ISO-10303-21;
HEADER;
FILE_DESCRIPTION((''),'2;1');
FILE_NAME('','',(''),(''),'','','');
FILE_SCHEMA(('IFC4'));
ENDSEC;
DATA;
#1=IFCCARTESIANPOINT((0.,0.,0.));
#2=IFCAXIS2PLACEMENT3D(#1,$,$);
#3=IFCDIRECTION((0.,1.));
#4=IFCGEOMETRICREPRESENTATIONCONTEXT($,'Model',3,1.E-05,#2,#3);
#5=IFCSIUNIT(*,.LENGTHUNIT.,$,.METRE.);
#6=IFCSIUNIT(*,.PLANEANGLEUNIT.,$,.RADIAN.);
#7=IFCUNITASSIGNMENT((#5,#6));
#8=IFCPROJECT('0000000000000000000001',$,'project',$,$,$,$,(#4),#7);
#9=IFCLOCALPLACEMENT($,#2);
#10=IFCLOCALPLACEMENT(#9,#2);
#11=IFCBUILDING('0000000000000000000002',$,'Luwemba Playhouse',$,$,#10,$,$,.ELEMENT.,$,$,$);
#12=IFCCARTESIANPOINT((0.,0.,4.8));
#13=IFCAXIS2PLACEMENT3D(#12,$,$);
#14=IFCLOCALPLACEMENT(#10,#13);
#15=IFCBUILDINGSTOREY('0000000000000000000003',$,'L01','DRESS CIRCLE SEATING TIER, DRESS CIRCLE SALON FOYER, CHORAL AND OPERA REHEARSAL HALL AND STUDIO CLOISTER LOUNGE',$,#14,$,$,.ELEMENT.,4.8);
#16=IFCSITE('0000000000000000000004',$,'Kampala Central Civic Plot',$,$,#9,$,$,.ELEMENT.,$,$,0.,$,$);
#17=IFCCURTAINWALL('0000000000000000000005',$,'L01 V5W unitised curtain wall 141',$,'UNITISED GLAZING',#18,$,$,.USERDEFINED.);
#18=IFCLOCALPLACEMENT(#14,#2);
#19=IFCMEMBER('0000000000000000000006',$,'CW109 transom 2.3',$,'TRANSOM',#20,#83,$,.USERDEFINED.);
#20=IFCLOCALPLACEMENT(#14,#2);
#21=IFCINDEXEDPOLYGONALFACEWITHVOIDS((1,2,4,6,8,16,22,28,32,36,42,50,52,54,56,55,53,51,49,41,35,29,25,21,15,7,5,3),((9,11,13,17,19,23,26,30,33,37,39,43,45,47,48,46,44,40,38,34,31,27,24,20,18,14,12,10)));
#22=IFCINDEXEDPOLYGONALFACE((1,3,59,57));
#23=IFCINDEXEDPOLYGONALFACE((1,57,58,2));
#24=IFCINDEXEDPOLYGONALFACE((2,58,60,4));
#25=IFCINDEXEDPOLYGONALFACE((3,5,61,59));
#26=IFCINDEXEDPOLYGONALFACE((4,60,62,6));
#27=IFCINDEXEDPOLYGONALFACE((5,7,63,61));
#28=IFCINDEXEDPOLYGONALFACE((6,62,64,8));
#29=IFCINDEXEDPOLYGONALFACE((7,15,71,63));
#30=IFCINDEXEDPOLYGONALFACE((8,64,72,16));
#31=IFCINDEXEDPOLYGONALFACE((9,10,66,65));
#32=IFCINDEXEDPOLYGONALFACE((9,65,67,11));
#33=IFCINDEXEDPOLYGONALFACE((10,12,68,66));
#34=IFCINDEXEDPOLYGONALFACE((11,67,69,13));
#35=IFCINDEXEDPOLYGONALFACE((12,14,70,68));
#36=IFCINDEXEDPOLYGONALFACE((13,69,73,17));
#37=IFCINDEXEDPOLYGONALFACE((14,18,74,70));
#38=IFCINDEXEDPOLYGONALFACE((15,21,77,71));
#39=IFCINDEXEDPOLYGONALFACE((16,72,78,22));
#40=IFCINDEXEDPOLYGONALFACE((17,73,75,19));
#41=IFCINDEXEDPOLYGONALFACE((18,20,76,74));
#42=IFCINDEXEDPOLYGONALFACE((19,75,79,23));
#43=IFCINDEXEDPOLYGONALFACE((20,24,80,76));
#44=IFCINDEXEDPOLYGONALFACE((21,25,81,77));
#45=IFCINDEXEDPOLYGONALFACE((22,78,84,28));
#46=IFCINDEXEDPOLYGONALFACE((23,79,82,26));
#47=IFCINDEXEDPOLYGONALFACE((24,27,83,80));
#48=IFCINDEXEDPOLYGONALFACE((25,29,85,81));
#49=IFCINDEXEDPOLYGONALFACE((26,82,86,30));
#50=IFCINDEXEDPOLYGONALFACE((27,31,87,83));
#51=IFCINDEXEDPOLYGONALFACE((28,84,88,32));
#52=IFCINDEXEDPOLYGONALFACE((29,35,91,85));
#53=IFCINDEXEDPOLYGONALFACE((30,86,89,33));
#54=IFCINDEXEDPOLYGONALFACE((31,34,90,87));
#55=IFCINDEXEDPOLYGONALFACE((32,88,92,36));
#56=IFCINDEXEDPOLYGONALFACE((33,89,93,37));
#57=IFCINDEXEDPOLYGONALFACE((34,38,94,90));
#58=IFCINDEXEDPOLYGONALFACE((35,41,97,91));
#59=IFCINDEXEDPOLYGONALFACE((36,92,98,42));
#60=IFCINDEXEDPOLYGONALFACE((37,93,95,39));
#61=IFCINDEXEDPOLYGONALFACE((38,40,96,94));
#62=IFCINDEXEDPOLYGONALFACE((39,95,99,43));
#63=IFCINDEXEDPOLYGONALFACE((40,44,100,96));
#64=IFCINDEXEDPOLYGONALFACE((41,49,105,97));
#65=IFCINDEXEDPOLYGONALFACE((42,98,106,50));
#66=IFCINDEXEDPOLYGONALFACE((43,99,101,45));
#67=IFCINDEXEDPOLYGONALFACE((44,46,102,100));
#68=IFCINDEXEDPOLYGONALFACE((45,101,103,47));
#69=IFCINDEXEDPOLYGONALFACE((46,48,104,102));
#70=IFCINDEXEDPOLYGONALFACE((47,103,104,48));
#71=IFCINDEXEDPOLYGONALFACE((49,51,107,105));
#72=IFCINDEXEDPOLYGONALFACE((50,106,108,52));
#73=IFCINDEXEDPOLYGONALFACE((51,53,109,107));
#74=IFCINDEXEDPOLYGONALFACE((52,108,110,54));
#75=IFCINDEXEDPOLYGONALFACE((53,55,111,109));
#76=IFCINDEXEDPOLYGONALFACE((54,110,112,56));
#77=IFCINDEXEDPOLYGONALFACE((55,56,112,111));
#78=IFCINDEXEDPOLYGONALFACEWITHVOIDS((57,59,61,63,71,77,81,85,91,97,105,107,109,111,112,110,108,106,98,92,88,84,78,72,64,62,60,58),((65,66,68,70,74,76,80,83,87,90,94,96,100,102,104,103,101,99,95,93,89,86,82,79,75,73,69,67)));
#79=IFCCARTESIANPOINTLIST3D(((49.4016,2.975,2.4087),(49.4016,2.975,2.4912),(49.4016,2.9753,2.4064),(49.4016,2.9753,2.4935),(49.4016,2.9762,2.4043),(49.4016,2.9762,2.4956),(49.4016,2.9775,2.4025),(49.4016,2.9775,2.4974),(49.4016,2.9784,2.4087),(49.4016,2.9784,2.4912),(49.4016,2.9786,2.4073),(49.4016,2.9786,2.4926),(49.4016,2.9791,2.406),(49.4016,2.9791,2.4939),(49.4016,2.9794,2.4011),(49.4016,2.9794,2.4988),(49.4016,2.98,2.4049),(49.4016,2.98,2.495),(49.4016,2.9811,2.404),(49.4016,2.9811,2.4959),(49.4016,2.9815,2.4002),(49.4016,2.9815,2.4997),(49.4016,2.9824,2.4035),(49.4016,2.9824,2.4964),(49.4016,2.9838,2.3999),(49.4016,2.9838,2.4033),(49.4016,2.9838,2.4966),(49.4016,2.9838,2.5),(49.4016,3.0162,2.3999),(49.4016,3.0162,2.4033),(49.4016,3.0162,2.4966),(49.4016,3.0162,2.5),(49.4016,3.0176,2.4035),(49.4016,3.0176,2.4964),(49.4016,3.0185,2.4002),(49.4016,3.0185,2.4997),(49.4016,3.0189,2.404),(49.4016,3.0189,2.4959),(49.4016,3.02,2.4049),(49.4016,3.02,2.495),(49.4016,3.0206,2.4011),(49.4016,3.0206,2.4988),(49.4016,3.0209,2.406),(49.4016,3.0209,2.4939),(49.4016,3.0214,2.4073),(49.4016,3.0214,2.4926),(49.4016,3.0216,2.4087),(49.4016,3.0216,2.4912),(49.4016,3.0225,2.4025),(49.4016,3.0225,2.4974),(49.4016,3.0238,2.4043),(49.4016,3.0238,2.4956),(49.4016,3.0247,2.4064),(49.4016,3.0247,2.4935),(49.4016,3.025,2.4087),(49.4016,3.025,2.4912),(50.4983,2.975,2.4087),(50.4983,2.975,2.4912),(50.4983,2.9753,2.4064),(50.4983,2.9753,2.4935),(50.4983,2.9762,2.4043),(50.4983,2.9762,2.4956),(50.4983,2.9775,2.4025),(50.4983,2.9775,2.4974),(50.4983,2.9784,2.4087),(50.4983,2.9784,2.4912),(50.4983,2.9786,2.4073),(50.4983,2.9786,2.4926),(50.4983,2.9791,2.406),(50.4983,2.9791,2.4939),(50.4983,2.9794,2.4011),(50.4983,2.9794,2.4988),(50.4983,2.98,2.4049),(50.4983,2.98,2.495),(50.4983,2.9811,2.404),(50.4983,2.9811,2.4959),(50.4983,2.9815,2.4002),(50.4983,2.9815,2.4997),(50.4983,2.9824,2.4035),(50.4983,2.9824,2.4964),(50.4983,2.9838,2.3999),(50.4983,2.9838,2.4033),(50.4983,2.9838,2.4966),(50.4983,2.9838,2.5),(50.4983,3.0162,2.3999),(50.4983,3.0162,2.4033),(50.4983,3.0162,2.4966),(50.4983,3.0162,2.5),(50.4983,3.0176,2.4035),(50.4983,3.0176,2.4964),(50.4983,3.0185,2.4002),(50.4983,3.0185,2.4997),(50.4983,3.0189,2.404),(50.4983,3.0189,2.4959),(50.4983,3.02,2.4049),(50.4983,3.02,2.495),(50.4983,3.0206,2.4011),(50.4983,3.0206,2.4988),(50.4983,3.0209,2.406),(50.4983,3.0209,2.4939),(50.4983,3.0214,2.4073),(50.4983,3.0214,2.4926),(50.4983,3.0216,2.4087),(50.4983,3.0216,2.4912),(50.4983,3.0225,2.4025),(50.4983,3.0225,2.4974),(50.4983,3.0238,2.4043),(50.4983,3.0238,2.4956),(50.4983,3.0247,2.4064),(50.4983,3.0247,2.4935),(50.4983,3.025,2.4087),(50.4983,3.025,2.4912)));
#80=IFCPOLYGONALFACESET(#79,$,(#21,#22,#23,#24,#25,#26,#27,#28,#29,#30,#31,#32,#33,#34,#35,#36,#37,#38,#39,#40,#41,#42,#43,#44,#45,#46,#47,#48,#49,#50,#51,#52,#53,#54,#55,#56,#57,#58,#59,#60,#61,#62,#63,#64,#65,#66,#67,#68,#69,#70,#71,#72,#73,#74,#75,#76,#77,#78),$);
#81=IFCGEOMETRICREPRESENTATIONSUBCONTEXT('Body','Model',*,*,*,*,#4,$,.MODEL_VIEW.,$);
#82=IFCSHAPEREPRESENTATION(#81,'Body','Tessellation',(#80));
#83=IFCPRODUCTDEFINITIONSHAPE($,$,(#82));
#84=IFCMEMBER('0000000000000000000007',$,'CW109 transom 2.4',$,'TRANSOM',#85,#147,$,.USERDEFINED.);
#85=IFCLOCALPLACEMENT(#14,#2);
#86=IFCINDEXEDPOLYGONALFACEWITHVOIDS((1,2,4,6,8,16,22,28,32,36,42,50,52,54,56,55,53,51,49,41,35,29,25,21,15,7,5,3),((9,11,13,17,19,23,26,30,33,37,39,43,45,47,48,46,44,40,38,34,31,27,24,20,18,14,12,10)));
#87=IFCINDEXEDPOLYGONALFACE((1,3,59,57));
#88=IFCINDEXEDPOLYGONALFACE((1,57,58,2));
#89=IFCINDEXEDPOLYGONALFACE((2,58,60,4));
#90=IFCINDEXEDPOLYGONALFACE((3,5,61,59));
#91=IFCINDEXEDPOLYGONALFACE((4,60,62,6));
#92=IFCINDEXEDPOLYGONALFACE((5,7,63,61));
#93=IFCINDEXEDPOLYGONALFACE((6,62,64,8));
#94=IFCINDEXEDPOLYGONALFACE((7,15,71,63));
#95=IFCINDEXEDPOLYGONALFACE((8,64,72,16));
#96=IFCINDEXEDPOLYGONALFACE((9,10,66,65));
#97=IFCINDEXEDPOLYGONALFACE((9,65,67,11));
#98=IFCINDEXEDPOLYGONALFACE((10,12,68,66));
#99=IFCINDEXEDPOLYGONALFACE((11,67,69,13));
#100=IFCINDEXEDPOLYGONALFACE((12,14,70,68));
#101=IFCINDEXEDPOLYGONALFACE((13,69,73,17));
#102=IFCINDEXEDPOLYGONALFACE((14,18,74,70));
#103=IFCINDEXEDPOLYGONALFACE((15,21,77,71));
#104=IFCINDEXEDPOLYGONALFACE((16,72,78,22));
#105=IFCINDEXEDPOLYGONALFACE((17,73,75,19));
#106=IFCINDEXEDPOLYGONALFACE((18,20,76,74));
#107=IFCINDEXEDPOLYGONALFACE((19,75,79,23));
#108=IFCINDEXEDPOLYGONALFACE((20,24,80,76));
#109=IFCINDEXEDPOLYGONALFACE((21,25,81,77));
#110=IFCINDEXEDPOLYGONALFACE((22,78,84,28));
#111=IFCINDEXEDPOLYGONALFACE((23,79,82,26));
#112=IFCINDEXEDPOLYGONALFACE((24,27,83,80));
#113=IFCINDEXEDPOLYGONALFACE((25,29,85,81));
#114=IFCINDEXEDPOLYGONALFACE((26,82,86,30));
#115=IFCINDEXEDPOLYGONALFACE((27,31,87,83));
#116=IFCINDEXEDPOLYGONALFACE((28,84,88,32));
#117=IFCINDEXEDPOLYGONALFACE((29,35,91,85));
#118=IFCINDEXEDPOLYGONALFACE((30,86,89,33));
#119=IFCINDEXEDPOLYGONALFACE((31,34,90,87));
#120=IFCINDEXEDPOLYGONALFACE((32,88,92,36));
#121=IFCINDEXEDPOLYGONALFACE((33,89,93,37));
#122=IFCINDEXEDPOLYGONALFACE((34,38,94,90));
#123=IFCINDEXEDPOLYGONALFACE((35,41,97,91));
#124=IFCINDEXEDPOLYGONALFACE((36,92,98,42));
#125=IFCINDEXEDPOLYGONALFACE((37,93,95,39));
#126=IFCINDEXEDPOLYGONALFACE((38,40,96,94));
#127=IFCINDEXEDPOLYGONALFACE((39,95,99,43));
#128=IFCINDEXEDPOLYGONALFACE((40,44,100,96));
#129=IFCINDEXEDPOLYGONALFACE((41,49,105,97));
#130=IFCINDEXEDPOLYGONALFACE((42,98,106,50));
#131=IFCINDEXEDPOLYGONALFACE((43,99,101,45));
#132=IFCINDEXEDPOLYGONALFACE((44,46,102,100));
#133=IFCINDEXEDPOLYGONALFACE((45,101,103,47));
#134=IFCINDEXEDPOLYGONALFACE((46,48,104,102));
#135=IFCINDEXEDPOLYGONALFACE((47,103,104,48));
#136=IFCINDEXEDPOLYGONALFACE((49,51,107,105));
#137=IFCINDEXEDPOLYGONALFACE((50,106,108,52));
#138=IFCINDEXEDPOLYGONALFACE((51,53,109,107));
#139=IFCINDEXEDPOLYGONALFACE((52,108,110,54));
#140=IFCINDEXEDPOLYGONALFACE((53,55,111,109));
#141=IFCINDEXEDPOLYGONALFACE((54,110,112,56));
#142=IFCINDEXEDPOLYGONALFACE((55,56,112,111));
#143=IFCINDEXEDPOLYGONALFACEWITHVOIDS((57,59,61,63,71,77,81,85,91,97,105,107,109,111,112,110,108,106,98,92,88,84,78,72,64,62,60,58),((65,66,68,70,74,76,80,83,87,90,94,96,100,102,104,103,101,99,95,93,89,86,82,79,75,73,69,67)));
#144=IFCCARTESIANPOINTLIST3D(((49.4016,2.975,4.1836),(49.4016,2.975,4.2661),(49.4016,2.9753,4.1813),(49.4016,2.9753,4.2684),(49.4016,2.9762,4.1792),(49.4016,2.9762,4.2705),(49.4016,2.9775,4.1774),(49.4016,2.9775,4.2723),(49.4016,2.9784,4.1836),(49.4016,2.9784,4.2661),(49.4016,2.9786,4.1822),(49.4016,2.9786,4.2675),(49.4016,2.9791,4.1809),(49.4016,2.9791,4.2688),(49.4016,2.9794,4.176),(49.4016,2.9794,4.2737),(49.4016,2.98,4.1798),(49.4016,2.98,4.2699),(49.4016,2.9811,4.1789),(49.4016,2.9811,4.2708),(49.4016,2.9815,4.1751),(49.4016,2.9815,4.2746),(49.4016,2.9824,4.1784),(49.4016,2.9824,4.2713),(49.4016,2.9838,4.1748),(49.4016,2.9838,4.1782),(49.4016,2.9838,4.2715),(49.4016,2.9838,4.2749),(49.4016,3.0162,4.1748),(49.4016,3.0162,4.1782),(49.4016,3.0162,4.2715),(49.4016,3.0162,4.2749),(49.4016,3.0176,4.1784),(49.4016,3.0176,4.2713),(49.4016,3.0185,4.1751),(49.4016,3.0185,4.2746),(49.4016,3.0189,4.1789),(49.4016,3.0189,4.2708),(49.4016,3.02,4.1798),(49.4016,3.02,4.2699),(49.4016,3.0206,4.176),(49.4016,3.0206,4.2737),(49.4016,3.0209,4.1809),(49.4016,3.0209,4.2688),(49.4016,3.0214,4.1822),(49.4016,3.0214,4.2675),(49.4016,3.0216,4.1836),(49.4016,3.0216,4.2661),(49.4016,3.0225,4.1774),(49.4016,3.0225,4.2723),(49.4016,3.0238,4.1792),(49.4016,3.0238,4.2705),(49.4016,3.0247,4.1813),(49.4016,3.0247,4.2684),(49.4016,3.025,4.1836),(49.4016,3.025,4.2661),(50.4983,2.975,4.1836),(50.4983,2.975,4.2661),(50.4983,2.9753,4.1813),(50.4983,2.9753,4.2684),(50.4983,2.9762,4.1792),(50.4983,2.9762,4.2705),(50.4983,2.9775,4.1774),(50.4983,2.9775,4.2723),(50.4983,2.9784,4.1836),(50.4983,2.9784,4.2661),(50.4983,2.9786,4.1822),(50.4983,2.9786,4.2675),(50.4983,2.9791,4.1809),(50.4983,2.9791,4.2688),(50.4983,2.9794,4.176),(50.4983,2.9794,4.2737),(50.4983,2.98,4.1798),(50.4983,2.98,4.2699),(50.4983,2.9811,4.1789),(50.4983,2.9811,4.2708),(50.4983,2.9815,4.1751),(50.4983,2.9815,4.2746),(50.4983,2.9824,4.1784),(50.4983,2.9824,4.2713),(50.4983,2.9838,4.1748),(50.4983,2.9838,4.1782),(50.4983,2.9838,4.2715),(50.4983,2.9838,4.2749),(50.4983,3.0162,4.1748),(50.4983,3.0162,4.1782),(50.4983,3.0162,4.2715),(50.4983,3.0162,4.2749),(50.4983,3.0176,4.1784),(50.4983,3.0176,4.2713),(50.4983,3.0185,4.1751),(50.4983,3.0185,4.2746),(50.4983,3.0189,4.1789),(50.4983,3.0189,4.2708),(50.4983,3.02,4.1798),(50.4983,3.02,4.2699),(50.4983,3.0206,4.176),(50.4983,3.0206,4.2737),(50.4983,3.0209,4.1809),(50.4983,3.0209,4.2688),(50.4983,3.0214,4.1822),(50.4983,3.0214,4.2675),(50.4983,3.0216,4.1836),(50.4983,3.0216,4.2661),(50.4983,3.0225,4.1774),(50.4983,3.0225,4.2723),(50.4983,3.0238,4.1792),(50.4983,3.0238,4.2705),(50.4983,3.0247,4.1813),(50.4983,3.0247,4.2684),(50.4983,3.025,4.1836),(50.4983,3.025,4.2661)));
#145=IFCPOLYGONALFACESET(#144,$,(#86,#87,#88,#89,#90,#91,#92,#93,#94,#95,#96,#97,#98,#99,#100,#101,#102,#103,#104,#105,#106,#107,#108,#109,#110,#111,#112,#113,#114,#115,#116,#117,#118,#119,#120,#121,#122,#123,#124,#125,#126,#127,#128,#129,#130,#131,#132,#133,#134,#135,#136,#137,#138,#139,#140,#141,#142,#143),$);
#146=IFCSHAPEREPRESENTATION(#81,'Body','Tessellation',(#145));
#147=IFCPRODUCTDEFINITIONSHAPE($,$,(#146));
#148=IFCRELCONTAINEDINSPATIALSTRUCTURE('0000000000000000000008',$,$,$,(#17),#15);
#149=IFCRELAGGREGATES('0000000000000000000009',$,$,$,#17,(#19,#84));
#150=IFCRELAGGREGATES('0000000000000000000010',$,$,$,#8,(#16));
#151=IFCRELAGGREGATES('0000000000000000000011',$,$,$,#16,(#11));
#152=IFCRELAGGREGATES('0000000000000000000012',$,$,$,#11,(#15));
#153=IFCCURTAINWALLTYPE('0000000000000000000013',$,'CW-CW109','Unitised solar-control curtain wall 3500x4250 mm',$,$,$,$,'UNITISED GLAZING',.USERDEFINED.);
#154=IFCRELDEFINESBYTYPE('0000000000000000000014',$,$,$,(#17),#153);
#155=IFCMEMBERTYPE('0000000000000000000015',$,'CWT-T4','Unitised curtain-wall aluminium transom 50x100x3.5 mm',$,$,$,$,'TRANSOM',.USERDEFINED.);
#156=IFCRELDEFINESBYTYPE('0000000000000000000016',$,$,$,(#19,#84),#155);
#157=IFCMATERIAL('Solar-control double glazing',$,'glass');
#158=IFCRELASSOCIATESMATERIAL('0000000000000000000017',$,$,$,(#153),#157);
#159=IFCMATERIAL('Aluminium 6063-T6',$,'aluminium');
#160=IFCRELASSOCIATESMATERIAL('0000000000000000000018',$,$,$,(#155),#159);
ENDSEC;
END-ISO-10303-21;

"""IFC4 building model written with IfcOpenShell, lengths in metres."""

from ifc_helpers import new_model, si_unit, direction, frame, origin, origin_2d, place, context, subcontext, project, spatial, hollow_rectangle, extrude, material, material_profile, profile_set, type_object, element, aggregate, save


model = new_model("IFC4")

# Units and contexts
model_context = context("Model", 3, precision=1e-05, world=origin(), true_north=direction((0.0, 1.0)))
body_context = subcontext(model_context, "Body", "Model", "MODEL_VIEW")
ifc_project = project(units=[si_unit("LENGTHUNIT", "METRE"), si_unit("PLANEANGLEUNIT", "RADIAN")], contexts=[model_context])

# Site, building, storey
site_placement = place(None, origin())
site = spatial("IfcSite", under=ifc_project, at=site_placement, Name="Kampala Central Civic Plot", CompositionType="ELEMENT", RefElevation=0.0)
building_placement = place(site_placement, origin())
building = spatial("IfcBuilding", under=site, at=building_placement, Name="Luwemba Playhouse", CompositionType="ELEMENT")
storey_placement = place(building_placement, frame((0.0, 0.0, 4.8)))
storey = spatial("IfcBuildingStorey", under=building, at=storey_placement, Name="L01", Description="DRESS CIRCLE SEATING TIER, DRESS CIRCLE SALON FOYER, CHORAL AND OPERA REHEARSAL HALL AND STUDIO CLOISTER LOUNGE", CompositionType="ELEMENT", Elevation=4.8)

# Shared definitions
ifc_material_1 = material(Name="Solar-control double glazing", Category="glass")
ifc_material_2 = material(Name="Aluminium 6063-T6", Category="aluminium")

# Curtain wall
curtain_wall_type_1 = type_object("IfcCurtainWallType", Name="CW-CW109", Description="Unitised solar-control curtain wall 3500x4250 mm", ElementType="UNITISED GLAZING", PredefinedType="USERDEFINED", material=ifc_material_1)
curtain_wall_1_placement = place(storey_placement, origin())
curtain_wall_1 = element("IfcCurtainWall", 1, at=curtain_wall_1_placement, inside=storey, type_object=curtain_wall_type_1, Name="L01 V5W unitised curtain wall 141", ObjectType="UNITISED GLAZING", PredefinedType="USERDEFINED")

# Members
ifc_material_profile_1 = material_profile(ifc_material_2, hollow_rectangle(XDim=0.05, YDim=0.1001, WallThickness=0.0034, InnerFilletRadius=0.0054, OuterFilletRadius=0.0088, at=origin_2d()))
ifc_profile_set_1 = profile_set([ifc_material_profile_1], Name="Aluminium 6063-T6")
member_type_1 = type_object("IfcMemberType", Name="CWT-T4", Description="Unitised curtain-wall aluminium transom 50x100x3.5 mm", ElementType="TRANSOM", PredefinedType="USERDEFINED", material=ifc_profile_set_1)
member_1_placement = place(storey_placement, frame((50.4983, 3.0, 2.45), z_axis=(-1.0, 0.0, 0.0), x_axis=(0.0, -1.0, 0.0)))
member_1 = element("IfcMember", 2, at=member_1_placement, type_object=member_type_1, Name="CW109 transom 2.3", ObjectType="TRANSOM", PredefinedType="USERDEFINED", context=body_context, shape_type="SweptSolid", body=[
    extrude(hollow_rectangle(XDim=0.05, YDim=0.1001, WallThickness=0.0034, InnerFilletRadius=0.0054, OuterFilletRadius=0.0088, at=origin_2d()), origin(), (0.0, 0.0, 1.0), 1.0967),
])
member_2_placement = place(storey_placement, frame((50.4983, 3.0, 4.2249), z_axis=(-1.0, 0.0, 0.0), x_axis=(0.0, -1.0, 0.0)))
member_2 = element("IfcMember", 3, at=member_2_placement, type_object=member_type_1, Name="CW109 transom 2.4", ObjectType="TRANSOM", PredefinedType="USERDEFINED", context=body_context, shape_type="SweptSolid", body=[
    extrude(hollow_rectangle(XDim=0.05, YDim=0.1001, WallThickness=0.0034, InnerFilletRadius=0.0054, OuterFilletRadius=0.0088, at=origin_2d()), origin(), (0.0, 0.0, 1.0), 1.0967),
])

aggregate(curtain_wall_1, [member_1, member_2])

save(model, "model.ifc")
